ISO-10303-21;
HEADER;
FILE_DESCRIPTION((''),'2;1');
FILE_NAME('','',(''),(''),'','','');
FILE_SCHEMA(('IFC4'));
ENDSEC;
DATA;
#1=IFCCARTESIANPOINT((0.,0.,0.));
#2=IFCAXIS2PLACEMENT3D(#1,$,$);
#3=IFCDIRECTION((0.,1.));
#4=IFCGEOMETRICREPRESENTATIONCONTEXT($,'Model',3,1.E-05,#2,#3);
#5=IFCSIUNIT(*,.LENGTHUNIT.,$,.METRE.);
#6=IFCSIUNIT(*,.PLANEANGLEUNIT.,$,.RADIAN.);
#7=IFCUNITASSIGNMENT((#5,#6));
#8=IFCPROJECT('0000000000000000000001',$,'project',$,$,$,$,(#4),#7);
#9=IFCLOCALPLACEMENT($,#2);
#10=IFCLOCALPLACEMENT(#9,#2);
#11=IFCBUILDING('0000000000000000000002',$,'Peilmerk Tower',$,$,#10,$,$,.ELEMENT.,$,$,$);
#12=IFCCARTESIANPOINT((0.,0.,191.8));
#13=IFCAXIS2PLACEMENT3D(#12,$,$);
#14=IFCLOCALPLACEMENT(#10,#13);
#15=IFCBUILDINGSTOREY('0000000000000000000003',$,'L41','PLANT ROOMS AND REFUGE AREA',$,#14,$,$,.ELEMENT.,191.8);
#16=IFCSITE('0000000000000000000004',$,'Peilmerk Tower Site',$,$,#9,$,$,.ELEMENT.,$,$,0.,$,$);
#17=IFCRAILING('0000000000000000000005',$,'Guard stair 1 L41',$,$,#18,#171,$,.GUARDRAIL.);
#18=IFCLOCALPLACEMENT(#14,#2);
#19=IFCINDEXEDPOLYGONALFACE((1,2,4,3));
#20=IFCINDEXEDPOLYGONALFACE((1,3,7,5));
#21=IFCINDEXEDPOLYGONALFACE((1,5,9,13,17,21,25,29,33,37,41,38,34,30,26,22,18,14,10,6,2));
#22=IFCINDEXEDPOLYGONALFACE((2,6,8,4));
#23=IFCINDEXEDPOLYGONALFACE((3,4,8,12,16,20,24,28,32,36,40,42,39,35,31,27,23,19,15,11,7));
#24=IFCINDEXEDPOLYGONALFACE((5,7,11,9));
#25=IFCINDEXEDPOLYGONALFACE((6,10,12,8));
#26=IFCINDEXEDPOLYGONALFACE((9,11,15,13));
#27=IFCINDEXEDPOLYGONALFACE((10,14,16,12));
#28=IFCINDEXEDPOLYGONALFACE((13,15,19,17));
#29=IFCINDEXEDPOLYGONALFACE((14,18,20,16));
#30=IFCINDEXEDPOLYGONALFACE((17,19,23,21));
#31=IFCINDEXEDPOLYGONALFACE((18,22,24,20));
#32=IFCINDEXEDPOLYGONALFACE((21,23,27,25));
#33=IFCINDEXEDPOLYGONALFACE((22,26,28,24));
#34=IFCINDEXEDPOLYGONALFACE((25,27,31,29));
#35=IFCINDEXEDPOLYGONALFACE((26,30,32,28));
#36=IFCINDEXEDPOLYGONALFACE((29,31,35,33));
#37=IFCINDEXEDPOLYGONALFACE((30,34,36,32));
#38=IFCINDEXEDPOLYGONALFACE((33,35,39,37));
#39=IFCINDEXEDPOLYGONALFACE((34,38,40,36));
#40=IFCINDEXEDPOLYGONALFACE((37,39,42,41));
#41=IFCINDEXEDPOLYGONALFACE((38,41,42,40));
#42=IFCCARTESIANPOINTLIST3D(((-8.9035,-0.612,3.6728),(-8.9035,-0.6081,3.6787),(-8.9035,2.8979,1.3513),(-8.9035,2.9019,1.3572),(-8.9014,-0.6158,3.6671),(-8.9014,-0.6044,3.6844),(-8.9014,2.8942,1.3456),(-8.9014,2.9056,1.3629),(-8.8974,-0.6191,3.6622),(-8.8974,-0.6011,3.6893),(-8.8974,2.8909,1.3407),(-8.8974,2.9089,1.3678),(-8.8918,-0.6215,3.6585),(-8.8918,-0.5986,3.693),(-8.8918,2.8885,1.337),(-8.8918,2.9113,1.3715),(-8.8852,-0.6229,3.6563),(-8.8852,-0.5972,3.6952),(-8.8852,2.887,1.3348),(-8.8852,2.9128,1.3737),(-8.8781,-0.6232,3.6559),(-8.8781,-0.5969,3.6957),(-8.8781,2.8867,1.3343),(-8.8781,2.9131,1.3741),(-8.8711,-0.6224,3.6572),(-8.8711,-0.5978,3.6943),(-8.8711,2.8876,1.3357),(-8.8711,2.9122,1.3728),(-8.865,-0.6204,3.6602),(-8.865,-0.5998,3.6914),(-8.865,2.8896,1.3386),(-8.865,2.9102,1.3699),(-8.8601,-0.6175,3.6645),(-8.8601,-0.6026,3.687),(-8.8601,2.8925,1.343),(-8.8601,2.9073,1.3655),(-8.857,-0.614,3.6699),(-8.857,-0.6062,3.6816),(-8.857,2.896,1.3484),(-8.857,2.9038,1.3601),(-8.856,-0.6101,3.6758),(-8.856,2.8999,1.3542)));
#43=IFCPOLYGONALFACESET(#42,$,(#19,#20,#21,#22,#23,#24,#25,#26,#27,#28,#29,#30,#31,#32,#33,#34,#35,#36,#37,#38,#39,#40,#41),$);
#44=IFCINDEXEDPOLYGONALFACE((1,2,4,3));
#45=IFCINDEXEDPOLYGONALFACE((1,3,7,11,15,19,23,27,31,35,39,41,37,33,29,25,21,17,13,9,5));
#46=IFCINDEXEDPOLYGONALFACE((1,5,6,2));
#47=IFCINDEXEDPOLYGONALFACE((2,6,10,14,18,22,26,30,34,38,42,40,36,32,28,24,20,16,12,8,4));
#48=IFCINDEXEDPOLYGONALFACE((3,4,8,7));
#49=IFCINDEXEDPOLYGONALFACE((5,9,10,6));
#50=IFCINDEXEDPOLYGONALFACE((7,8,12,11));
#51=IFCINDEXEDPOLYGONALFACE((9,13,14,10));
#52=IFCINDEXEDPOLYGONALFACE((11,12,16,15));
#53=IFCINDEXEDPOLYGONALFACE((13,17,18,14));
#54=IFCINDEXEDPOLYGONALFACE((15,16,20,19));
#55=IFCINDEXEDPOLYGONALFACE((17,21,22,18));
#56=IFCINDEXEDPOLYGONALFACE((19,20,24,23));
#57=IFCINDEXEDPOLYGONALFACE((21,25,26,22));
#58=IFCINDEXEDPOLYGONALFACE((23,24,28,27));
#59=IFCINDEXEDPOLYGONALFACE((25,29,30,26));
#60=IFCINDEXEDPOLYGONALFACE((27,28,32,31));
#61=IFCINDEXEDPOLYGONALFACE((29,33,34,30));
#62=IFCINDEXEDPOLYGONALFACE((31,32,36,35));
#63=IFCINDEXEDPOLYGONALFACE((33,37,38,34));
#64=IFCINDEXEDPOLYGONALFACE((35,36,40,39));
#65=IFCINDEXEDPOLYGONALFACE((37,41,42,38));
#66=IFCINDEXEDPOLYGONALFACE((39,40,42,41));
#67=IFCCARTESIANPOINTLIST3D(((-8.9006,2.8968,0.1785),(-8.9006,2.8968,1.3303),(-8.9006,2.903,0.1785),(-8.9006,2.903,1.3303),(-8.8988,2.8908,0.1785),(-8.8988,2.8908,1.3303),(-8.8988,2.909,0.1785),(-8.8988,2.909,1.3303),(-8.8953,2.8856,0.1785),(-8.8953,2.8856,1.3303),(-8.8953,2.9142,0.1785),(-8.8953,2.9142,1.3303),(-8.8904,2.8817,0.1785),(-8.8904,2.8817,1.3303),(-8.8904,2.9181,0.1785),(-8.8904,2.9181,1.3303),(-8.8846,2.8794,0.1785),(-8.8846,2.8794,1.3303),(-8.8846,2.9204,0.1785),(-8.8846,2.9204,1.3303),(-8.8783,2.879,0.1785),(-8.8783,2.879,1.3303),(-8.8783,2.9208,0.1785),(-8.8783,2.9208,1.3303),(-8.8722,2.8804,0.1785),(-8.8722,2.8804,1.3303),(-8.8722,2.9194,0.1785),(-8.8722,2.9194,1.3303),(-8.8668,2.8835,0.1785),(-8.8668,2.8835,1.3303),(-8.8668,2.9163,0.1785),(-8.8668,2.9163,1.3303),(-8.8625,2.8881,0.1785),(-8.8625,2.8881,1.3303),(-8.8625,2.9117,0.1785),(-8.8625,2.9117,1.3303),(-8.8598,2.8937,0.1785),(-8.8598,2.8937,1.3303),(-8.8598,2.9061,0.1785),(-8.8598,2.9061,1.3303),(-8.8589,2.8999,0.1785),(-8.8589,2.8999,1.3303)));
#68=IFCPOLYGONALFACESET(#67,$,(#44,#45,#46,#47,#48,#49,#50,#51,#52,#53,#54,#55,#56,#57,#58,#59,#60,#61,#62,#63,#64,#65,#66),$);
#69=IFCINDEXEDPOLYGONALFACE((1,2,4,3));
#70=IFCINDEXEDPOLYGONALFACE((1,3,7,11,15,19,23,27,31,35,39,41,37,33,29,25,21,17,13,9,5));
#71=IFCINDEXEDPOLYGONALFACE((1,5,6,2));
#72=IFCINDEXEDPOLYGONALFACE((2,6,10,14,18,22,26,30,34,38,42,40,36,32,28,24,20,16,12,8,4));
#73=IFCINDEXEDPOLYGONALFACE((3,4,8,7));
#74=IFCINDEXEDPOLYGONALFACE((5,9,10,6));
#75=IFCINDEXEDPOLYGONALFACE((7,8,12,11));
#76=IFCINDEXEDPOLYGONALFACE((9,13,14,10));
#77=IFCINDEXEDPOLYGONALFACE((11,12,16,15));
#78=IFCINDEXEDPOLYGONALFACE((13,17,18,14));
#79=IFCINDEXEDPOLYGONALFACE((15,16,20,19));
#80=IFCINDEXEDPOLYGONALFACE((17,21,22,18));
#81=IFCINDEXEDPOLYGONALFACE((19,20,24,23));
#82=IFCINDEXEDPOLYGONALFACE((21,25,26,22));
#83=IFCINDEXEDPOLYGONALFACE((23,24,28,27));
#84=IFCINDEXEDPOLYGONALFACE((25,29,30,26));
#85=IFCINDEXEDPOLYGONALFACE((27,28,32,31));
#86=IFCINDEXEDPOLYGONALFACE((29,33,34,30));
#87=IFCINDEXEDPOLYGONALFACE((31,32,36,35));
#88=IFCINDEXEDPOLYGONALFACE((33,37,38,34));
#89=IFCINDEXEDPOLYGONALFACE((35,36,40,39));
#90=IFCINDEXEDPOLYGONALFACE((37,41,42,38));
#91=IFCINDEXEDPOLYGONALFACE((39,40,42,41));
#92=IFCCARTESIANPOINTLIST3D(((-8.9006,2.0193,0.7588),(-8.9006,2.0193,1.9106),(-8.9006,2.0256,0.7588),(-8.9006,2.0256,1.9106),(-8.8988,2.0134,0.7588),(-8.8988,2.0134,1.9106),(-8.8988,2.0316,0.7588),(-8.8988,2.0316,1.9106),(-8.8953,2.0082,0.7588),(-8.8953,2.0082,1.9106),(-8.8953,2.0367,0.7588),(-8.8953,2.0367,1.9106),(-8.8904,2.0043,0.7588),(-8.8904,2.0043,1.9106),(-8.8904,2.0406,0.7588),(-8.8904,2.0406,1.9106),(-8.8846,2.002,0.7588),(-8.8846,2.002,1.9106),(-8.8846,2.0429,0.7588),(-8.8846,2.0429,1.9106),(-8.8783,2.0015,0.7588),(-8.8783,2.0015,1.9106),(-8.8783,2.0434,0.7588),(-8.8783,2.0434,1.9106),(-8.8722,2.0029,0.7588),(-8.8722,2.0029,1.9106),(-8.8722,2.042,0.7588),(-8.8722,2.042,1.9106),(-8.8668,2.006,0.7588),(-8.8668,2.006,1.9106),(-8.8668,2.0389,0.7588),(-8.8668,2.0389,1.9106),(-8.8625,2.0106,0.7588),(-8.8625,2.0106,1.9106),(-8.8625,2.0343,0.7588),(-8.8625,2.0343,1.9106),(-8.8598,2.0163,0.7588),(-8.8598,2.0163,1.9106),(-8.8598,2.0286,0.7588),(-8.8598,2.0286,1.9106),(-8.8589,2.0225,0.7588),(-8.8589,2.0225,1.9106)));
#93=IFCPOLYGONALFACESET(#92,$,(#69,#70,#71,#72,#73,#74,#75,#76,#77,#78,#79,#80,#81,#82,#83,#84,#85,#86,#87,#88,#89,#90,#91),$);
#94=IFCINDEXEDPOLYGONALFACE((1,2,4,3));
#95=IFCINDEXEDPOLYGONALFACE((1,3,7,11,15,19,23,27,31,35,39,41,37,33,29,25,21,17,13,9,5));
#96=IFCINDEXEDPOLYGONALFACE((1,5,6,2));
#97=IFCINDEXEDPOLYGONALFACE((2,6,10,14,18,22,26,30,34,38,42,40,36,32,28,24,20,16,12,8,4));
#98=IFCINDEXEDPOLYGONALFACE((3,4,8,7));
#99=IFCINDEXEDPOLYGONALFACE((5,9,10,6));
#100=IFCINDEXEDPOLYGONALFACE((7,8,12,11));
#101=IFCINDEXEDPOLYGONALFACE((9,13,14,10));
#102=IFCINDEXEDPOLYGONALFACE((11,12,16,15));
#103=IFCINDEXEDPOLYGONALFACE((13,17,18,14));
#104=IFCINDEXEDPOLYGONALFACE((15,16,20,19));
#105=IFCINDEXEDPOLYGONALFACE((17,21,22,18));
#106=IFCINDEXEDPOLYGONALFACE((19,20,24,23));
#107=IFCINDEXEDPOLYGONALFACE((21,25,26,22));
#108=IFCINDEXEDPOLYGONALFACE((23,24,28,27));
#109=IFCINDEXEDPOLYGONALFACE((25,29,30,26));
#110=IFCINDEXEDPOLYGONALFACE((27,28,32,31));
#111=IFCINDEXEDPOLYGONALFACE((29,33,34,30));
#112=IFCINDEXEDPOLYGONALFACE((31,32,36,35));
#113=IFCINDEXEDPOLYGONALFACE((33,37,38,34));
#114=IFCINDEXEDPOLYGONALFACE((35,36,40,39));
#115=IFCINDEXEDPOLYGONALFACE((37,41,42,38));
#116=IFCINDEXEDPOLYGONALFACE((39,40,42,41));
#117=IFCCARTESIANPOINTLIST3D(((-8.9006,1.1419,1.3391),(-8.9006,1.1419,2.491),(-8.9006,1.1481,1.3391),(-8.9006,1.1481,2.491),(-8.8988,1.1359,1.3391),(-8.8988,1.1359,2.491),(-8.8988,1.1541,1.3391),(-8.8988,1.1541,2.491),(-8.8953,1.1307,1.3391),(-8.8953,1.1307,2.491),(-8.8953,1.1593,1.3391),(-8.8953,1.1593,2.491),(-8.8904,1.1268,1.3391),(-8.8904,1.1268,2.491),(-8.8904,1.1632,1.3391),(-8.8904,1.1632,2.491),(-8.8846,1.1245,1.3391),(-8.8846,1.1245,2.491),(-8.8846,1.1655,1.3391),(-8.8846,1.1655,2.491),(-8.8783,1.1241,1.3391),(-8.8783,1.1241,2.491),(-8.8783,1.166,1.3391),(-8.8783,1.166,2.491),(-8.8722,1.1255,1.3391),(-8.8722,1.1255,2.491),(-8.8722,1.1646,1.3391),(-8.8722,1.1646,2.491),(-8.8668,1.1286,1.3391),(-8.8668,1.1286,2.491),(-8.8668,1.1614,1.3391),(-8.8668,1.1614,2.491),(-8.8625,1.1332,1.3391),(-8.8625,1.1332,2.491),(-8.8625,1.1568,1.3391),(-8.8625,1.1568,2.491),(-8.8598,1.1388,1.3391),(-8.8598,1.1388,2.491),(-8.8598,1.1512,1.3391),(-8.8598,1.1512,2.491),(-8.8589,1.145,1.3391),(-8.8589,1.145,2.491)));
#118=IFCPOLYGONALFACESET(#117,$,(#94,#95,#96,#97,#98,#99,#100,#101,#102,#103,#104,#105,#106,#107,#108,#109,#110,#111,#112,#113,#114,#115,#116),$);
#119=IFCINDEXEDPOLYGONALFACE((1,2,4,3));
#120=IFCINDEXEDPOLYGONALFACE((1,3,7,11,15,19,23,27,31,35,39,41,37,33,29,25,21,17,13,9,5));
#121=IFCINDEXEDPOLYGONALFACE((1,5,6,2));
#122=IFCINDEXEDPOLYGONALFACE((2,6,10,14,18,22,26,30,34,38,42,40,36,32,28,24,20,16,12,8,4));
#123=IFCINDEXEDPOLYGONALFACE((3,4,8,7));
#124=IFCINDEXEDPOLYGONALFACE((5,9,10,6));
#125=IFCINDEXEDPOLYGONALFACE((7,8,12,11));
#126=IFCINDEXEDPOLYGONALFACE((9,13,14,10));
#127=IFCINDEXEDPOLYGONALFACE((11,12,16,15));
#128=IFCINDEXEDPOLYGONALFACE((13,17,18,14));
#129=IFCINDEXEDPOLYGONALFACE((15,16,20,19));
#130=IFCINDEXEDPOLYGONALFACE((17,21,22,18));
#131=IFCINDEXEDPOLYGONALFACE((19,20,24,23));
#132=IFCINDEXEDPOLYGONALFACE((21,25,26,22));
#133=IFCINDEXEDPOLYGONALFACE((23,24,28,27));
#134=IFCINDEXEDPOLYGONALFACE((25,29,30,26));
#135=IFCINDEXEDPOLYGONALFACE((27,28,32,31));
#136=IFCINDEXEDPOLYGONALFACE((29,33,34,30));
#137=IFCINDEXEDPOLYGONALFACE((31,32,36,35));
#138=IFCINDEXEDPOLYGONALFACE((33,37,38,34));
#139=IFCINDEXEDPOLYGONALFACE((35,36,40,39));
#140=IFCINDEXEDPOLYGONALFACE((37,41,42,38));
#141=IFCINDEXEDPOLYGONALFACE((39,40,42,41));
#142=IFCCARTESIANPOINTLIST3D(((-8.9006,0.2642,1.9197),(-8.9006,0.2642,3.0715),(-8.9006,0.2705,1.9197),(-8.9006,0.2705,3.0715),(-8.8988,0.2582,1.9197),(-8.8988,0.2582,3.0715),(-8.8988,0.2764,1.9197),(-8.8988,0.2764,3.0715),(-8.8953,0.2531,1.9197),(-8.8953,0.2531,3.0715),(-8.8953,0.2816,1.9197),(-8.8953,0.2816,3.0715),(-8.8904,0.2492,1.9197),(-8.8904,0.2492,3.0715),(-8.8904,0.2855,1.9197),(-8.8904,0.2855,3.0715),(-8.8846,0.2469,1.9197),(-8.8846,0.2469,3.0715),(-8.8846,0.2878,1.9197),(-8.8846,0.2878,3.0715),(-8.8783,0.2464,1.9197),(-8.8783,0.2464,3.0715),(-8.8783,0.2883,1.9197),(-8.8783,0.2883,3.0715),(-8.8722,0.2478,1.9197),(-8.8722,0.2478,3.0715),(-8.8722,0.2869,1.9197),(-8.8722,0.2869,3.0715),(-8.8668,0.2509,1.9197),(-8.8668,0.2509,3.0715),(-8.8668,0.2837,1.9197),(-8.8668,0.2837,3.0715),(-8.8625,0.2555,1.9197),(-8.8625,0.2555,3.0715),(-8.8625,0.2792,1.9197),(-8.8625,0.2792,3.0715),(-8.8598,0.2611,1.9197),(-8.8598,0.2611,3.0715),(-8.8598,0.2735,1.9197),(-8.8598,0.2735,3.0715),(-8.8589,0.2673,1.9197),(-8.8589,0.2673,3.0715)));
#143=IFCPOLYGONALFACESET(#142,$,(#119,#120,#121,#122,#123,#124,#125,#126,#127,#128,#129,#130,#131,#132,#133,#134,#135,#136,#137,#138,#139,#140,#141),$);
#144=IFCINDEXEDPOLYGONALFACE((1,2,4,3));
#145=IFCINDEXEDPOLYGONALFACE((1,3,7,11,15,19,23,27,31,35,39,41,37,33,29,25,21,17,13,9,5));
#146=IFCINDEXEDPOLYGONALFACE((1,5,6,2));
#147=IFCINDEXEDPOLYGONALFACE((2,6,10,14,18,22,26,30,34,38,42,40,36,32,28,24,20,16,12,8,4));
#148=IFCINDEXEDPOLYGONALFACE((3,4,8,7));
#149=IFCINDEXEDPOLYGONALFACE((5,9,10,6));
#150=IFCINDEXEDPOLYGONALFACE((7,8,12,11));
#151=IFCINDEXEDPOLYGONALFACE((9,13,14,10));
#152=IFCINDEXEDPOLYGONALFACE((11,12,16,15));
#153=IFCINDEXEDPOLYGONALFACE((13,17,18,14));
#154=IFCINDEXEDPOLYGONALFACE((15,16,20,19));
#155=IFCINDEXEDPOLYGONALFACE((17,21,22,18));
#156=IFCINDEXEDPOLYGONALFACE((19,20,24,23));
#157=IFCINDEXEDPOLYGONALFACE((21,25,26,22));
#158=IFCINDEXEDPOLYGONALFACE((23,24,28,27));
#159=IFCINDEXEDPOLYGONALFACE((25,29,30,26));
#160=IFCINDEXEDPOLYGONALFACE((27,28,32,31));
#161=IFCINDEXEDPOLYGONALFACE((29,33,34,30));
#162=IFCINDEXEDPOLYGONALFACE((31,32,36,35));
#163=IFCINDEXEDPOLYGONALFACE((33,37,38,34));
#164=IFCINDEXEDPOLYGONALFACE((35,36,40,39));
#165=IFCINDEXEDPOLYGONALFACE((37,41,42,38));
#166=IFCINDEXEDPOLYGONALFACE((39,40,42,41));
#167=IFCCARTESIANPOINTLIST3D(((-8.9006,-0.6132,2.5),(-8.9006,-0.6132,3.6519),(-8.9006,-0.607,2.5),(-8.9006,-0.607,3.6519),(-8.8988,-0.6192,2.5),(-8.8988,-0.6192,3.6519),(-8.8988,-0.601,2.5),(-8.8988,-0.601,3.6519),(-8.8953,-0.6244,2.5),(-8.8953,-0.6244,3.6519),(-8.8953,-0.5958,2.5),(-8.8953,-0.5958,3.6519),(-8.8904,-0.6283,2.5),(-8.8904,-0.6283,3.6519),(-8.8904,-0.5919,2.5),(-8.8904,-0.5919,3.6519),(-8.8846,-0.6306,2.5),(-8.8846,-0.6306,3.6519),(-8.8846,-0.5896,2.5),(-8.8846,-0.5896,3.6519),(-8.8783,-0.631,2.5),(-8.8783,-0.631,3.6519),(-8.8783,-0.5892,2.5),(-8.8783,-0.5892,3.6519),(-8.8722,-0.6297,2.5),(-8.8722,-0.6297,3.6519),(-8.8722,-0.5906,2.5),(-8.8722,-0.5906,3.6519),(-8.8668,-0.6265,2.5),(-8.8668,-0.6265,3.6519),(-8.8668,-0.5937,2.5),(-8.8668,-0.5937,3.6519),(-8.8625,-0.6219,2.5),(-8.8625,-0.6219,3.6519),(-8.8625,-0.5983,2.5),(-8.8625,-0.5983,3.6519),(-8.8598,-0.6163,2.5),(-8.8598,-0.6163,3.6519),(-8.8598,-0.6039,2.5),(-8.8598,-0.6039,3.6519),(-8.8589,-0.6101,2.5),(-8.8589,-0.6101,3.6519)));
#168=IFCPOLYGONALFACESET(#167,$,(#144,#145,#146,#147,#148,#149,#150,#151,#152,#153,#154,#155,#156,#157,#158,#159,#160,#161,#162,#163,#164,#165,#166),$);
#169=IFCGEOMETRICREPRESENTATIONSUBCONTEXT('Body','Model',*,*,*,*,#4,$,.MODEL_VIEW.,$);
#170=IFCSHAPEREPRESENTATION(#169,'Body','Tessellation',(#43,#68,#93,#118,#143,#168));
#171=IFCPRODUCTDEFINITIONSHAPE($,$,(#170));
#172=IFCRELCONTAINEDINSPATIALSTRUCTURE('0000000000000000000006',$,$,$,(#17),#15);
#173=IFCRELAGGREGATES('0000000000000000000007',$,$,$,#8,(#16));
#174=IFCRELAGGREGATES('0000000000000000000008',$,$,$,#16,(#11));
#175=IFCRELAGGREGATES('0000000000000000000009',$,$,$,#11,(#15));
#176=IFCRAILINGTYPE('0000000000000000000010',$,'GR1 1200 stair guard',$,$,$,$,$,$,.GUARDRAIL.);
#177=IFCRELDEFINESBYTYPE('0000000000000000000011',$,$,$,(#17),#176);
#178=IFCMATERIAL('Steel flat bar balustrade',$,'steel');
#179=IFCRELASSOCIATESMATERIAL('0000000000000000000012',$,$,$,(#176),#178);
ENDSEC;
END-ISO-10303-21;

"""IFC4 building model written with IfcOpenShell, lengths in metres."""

from ifc_helpers import new_model, si_unit, direction, frame, origin, origin_2d, place, context, subcontext, project, spatial, circle, extrude, material, type_object, element, save


model = new_model("IFC4")

# Units and contexts
model_context = context("Model", 3, precision=1e-05, world=origin(), true_north=direction((0.0, 1.0)))
body_context = subcontext(model_context, "Body", "Model", "MODEL_VIEW")
ifc_project = project(units=[si_unit("LENGTHUNIT", "METRE"), si_unit("PLANEANGLEUNIT", "RADIAN")], contexts=[model_context])

# Site, building, storey
site_placement = place(None, origin())
site = spatial("IfcSite", under=ifc_project, at=site_placement, Name="Peilmerk Tower Site", CompositionType="ELEMENT", RefElevation=0.0)
building_placement = place(site_placement, origin())
building = spatial("IfcBuilding", under=site, at=building_placement, Name="Peilmerk Tower", CompositionType="ELEMENT")
storey_placement = place(building_placement, frame((0.0, 0.0, 191.8)))
storey = spatial("IfcBuildingStorey", under=building, at=storey_placement, Name="L41", Description="PLANT ROOMS AND REFUGE AREA", CompositionType="ELEMENT", Elevation=191.8)

# Railing
ifc_material_1 = material(Name="Steel flat bar balustrade", Category="steel")
railing_type_1 = type_object("IfcRailingType", Name="GR1 1200 stair guard", PredefinedType="GUARDRAIL", material=ifc_material_1)
railing_1_placement = place(storey_placement, frame((-8.8799, 2.8999, 0.1785)))
element("IfcRailing", 1, at=railing_1_placement, inside=storey, type_object=railing_type_1, Name="Guard stair 1 L41", PredefinedType="GUARDRAIL", context=body_context, shape_type="SweptSolid", body=[
    extrude(circle(Radius=0.0239, at=origin_2d()), frame((0.0, 0.0, 1.1758), z_axis=(0.0, -0.834071, 0.551657), x_axis=(1.0, 0.0, 0.0)), (0.0, 0.0, 1.0), 4.2083),
    extrude(circle(Radius=0.021, at=origin_2d()), origin(), (0.0, 0.0, 1.0), 1.1519),
    extrude(circle(Radius=0.021, at=origin_2d()), frame((0.0, -0.8774, 0.5803)), (0.0, 0.0, 1.0), 1.1519),
    extrude(circle(Radius=0.021, at=origin_2d()), frame((0.0, -1.7549, 1.1606)), (0.0, 0.0, 1.0), 1.1519),
    extrude(circle(Radius=0.021, at=origin_2d()), frame((0.0, -2.6326, 1.7412)), (0.0, 0.0, 1.0), 1.1519),
    extrude(circle(Radius=0.021, at=origin_2d()), frame((0.0, -3.51, 2.3215)), (0.0, 0.0, 1.0), 1.1519),
])

save(model, "model.ifc")
